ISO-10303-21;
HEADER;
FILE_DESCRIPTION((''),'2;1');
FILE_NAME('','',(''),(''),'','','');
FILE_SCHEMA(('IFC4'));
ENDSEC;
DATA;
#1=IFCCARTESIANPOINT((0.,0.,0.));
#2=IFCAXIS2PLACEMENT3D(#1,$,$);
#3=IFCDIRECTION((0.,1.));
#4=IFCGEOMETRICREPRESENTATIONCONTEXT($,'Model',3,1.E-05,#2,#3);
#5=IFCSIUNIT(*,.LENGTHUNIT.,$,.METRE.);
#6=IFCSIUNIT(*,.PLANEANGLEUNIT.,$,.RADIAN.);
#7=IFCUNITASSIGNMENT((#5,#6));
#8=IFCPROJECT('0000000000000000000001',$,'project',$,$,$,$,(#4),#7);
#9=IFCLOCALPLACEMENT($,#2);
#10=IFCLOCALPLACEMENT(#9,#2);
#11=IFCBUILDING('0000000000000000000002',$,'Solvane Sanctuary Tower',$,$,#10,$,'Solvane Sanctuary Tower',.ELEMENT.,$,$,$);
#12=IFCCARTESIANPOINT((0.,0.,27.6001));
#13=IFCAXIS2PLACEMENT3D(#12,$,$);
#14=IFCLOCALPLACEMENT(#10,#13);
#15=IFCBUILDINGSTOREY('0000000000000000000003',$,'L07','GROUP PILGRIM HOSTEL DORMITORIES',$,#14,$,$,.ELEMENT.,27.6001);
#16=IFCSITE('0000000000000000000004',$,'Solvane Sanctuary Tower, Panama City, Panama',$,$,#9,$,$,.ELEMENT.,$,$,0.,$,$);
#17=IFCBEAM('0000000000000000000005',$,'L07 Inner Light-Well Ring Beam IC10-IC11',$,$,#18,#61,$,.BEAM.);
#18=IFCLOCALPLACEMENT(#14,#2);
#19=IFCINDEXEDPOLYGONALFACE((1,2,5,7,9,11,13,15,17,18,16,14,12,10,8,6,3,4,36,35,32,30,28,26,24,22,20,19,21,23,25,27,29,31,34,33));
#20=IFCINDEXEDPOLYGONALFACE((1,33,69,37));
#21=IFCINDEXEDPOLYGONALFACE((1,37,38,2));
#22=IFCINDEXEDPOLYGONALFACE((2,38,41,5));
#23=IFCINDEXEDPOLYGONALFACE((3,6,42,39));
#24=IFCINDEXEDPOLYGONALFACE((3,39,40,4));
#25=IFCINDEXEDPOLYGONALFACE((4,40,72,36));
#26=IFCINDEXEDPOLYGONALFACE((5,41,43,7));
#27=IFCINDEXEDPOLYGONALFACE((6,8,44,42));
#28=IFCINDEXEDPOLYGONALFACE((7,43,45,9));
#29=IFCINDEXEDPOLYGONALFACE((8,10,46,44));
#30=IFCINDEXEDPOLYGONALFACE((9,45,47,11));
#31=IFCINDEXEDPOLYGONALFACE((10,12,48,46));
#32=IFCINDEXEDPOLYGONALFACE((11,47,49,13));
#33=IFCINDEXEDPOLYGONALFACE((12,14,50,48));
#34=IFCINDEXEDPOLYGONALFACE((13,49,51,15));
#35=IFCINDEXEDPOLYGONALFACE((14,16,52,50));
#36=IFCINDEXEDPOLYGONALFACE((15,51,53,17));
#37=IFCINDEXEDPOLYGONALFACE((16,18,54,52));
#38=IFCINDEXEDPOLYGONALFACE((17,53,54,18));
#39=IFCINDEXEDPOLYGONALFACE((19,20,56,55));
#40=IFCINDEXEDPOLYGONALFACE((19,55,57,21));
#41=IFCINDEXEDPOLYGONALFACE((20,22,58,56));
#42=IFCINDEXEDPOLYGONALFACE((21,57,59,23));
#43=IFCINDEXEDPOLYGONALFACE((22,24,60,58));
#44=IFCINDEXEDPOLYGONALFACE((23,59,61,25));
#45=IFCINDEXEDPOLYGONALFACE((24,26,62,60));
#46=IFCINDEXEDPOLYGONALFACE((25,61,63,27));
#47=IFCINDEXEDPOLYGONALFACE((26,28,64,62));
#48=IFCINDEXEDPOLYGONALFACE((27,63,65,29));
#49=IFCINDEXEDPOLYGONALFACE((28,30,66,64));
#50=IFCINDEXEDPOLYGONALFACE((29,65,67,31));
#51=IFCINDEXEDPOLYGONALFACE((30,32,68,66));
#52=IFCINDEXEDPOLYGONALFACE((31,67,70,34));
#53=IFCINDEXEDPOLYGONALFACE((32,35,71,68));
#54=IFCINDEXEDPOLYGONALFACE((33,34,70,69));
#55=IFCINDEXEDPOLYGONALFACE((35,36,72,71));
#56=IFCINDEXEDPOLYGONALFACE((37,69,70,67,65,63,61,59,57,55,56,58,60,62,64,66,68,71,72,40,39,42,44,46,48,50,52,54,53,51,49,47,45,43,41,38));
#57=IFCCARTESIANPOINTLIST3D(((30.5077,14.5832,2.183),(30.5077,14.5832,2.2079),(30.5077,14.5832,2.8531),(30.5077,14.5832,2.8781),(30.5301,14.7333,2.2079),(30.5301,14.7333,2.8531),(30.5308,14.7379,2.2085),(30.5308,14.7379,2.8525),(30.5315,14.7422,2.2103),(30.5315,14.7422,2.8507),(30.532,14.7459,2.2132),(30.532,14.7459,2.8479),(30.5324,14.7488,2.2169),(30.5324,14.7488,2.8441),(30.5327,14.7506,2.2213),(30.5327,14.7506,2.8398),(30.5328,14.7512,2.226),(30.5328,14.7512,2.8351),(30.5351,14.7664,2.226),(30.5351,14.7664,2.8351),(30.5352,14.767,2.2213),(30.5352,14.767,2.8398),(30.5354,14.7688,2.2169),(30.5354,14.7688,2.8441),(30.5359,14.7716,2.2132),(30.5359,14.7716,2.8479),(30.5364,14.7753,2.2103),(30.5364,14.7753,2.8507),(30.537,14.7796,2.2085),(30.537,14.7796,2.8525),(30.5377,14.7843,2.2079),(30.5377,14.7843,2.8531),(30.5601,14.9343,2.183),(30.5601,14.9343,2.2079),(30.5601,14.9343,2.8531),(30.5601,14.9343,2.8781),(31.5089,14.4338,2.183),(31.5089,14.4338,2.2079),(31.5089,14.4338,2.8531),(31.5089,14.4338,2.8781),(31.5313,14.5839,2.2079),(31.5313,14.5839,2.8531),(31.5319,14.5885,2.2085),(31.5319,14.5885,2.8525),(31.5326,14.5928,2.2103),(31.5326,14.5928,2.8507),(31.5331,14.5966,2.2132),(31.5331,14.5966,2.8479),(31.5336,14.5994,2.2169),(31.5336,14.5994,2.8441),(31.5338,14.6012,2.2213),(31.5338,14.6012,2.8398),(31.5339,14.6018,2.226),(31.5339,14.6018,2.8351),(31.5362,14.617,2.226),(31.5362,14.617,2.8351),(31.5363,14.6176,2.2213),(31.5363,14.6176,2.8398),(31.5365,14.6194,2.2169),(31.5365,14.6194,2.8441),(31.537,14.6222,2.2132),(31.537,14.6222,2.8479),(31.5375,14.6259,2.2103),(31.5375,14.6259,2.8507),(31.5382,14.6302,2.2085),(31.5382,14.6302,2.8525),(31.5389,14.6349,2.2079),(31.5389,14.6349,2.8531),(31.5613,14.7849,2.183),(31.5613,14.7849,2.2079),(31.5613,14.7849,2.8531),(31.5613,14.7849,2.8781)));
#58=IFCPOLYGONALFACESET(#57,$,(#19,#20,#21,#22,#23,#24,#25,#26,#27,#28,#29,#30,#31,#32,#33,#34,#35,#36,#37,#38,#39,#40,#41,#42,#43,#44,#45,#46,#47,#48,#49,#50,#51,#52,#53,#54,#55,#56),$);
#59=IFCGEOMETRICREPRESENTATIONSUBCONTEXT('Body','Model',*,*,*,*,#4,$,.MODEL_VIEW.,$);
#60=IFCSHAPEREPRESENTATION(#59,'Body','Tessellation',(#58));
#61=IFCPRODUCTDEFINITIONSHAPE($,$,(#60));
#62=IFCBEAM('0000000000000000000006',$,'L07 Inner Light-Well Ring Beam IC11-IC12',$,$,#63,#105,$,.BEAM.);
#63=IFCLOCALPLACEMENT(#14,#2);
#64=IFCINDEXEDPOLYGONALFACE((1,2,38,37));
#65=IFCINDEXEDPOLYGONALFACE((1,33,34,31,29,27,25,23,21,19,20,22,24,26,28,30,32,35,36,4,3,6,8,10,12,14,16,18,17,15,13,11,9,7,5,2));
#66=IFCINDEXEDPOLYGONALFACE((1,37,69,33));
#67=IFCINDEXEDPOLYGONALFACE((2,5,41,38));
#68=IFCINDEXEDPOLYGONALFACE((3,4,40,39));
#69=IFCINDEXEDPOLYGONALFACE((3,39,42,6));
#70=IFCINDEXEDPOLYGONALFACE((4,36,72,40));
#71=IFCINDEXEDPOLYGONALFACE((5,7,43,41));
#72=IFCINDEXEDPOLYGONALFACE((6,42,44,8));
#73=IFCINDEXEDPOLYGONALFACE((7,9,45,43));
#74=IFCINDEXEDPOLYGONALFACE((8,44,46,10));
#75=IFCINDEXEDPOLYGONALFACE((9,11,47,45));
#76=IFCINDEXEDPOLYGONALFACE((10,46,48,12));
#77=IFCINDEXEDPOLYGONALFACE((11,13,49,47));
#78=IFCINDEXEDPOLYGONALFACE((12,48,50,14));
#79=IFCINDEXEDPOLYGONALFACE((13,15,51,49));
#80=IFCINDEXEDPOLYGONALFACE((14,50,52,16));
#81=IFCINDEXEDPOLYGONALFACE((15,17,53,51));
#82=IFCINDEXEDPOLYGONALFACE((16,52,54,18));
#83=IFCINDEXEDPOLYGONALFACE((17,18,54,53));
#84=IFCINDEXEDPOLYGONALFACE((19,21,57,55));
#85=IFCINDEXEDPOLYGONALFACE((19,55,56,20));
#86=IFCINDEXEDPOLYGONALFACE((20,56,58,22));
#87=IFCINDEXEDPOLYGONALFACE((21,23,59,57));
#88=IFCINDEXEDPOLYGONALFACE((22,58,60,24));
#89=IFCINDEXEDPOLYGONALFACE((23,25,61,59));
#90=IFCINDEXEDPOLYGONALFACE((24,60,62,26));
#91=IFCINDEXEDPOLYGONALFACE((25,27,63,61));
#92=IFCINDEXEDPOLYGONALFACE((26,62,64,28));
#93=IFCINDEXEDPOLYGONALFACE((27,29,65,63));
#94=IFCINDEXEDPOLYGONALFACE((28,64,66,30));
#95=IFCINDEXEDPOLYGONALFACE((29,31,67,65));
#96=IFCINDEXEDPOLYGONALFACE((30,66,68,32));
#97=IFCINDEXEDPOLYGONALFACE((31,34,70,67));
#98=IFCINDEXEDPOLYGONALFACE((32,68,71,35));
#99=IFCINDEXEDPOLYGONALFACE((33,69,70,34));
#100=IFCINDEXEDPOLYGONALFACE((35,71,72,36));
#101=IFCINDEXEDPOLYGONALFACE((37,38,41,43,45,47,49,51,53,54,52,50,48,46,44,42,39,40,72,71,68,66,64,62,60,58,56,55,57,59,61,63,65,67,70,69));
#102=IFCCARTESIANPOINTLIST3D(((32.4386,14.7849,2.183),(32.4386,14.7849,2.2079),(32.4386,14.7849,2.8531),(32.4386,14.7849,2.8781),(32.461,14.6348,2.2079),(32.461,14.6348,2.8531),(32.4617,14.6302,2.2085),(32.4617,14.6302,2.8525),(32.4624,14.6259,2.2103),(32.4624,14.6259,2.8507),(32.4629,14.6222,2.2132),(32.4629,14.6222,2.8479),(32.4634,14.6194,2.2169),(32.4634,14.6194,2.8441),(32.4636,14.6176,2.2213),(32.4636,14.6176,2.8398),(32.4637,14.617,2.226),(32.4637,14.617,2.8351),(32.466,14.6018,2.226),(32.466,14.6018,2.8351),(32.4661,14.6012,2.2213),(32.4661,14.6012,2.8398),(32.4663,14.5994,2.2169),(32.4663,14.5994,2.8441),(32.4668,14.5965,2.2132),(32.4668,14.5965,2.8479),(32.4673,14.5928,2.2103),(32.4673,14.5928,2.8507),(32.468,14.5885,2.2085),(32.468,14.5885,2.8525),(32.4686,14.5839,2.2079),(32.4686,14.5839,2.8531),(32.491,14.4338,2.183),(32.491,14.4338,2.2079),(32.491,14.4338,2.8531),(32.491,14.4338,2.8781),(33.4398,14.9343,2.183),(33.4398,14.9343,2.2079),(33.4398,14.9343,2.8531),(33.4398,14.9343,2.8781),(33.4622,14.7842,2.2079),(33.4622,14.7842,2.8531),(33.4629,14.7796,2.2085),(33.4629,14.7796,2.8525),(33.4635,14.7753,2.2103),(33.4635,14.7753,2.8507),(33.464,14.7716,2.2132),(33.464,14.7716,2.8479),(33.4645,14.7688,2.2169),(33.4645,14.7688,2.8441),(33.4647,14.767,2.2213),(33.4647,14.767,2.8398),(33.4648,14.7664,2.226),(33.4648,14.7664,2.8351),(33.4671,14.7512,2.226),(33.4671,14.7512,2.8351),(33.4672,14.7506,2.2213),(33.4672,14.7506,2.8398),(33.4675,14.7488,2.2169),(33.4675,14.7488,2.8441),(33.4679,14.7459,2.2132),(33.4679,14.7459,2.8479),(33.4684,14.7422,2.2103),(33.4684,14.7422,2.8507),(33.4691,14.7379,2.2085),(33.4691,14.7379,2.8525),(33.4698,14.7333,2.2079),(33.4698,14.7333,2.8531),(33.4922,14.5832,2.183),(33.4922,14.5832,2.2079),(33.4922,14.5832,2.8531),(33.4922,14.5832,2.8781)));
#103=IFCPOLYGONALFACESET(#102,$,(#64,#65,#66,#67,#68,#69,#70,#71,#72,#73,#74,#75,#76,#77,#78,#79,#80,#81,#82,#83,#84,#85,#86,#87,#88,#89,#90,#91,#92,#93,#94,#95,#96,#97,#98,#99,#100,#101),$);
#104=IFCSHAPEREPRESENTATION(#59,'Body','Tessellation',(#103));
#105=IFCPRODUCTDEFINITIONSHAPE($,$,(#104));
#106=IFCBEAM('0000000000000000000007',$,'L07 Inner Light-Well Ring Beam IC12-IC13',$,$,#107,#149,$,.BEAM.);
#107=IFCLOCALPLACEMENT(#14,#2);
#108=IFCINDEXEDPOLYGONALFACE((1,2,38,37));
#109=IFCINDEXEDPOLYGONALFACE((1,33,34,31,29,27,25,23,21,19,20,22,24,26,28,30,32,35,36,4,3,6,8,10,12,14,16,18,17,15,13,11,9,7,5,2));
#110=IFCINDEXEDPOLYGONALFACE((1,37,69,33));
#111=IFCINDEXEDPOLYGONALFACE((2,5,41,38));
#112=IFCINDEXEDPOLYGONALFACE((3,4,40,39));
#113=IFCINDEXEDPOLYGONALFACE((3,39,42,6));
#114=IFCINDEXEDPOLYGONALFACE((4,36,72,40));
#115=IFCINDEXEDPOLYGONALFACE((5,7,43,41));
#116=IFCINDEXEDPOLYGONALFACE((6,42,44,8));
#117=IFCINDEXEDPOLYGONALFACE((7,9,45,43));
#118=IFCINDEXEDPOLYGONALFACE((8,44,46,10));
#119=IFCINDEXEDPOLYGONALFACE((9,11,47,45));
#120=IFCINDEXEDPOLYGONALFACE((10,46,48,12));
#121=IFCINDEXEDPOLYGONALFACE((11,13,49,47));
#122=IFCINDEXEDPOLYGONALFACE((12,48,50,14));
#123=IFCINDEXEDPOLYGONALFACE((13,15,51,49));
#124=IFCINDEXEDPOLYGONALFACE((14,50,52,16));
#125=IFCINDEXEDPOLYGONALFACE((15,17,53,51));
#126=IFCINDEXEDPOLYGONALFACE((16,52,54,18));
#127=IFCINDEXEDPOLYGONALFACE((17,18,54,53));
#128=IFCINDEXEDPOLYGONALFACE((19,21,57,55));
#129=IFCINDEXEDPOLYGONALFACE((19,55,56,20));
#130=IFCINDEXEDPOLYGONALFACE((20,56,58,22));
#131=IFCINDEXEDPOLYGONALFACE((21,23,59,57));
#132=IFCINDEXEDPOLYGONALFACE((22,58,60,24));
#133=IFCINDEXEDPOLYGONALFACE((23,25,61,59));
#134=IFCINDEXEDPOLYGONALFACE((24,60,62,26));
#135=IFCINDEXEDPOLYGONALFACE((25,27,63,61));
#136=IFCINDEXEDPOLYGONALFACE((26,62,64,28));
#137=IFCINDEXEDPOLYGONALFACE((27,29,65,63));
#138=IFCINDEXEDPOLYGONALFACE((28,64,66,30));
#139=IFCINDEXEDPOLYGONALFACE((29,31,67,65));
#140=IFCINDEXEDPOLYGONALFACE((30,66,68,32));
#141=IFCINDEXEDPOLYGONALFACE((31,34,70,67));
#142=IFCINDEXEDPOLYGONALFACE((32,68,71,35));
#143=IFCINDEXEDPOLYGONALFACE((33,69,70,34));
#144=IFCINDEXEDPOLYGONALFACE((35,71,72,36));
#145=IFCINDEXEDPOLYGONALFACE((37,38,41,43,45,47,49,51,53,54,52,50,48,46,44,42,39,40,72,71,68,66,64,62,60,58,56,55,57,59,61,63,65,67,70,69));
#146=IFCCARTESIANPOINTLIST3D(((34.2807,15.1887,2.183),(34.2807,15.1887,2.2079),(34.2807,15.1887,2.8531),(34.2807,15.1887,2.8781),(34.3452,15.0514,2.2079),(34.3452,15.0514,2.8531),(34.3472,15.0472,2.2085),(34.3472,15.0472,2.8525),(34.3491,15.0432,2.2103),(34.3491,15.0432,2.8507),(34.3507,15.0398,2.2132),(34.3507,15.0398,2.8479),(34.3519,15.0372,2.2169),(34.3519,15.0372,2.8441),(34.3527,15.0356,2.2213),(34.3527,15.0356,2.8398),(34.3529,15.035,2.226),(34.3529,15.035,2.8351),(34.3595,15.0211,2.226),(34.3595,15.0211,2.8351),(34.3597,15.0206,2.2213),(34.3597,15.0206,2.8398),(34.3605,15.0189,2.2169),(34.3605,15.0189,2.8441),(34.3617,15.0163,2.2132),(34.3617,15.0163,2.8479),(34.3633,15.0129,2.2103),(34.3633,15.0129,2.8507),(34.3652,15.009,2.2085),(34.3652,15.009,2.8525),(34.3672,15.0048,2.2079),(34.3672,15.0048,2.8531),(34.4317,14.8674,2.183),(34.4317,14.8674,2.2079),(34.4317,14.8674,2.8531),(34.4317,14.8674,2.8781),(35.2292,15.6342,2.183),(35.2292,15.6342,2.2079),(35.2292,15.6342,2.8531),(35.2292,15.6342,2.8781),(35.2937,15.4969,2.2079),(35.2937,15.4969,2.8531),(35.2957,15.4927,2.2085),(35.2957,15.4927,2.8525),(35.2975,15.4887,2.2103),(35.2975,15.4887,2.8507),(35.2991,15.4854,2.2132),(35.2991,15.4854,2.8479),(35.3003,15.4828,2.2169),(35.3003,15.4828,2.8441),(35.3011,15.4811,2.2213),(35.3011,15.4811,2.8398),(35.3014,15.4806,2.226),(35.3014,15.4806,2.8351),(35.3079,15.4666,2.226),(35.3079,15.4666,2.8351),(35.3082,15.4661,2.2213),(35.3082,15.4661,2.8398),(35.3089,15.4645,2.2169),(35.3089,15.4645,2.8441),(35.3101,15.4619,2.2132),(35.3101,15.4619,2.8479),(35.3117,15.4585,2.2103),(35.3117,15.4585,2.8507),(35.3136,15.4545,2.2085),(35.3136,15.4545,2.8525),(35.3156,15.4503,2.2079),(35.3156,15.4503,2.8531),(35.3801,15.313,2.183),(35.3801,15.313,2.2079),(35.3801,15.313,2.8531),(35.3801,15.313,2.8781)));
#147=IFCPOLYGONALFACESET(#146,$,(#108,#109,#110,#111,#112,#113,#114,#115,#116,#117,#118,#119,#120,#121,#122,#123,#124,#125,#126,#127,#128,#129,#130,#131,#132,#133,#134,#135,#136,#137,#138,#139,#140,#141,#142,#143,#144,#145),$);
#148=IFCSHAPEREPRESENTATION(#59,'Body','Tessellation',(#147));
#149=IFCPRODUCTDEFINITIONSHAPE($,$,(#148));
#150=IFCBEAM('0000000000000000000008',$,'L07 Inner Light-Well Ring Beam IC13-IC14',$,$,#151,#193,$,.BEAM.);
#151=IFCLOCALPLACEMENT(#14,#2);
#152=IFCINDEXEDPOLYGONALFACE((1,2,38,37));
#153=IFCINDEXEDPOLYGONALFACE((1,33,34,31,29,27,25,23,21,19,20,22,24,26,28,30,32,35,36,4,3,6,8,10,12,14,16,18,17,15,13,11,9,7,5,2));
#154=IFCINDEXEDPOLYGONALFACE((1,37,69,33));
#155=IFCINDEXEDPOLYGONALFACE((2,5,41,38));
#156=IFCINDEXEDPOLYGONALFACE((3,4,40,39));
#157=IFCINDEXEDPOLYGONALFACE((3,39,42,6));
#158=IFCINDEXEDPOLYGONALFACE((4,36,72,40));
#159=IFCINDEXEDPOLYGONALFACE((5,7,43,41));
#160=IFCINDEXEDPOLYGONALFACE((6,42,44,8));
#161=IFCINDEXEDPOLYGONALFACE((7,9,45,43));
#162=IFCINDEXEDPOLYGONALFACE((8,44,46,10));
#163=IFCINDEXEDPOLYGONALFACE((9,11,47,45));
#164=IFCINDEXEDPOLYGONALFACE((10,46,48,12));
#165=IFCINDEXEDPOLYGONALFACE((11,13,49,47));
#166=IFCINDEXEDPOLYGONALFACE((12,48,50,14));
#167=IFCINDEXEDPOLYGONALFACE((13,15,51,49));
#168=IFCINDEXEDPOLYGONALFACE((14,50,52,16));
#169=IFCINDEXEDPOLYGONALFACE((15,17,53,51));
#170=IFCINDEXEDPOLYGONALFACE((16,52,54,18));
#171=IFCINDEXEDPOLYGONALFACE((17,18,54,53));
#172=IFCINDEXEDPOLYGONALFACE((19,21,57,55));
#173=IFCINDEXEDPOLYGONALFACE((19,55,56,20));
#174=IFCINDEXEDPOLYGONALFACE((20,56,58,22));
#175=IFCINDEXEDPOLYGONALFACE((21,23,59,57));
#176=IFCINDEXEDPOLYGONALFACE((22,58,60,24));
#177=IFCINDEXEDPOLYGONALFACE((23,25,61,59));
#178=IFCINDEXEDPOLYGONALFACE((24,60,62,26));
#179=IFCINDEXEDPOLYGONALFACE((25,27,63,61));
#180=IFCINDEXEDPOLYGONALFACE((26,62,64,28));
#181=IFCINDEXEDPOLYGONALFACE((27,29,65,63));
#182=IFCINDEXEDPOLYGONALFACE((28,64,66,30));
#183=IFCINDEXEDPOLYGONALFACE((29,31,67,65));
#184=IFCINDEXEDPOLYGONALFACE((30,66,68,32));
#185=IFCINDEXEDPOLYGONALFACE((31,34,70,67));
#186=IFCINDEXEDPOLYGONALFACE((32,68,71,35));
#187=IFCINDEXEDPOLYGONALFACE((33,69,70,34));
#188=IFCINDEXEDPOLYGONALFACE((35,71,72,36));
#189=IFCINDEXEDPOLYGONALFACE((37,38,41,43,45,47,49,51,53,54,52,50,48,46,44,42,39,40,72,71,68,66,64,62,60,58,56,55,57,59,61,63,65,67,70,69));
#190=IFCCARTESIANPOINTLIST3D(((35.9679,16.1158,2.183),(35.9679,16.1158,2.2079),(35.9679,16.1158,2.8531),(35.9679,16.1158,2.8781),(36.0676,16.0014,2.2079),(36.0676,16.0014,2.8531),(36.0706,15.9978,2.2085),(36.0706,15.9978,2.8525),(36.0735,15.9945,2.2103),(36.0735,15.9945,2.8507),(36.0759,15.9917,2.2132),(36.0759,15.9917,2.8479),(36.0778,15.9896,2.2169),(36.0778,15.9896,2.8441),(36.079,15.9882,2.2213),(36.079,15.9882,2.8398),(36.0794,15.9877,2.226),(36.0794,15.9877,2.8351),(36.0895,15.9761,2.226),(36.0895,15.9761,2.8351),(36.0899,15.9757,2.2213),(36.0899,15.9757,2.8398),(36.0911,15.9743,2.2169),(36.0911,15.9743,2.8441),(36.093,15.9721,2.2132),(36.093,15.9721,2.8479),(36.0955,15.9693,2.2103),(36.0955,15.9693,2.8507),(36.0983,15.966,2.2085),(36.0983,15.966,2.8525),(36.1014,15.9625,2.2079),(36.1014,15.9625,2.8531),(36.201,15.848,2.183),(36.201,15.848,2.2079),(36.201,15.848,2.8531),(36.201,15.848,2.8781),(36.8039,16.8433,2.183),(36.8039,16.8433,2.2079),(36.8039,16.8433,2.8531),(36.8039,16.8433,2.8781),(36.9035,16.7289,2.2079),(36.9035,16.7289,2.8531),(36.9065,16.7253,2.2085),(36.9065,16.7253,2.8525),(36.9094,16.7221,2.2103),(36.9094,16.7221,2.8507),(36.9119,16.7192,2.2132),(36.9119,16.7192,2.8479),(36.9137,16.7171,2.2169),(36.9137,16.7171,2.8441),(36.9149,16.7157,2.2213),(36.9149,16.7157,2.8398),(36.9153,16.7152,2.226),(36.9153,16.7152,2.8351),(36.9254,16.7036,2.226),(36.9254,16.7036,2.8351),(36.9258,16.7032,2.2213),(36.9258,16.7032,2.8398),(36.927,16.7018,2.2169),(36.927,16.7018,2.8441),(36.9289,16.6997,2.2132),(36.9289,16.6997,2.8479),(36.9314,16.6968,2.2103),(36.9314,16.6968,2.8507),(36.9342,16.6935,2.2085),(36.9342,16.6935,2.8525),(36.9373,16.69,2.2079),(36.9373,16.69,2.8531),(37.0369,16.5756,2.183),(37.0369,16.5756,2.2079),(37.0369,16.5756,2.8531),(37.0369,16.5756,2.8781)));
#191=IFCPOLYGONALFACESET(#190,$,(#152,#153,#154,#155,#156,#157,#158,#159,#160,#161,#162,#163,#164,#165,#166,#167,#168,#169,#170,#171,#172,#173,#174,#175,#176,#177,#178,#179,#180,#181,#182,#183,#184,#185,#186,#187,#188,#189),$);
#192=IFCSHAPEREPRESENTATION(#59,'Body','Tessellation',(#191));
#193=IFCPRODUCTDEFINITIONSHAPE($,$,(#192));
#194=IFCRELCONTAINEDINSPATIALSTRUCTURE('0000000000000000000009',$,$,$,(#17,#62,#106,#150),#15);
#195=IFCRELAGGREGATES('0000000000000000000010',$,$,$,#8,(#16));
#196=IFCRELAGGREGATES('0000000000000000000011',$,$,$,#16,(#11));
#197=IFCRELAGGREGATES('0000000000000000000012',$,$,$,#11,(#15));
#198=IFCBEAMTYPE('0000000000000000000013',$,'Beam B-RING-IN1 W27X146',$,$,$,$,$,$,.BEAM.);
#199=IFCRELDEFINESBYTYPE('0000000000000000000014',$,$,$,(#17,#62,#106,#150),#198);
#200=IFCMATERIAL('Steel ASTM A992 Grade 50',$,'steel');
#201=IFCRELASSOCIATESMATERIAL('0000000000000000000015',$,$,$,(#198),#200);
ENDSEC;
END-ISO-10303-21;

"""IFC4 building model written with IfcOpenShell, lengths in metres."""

from ifc_helpers import new_model, si_unit, direction, frame, origin, origin_2d, place, context, subcontext, project, spatial, i_section, extrude, material, material_profile, profile_set, type_object, element, save


model = new_model("IFC4")

# Units and contexts
model_context = context("Model", 3, precision=1e-05, world=origin(), true_north=direction((0.0, 1.0)))
body_context = subcontext(model_context, "Body", "Model", "MODEL_VIEW")
ifc_project = project(units=[si_unit("LENGTHUNIT", "METRE"), si_unit("PLANEANGLEUNIT", "RADIAN")], contexts=[model_context])

# Site, building, storey
site_placement = place(None, origin())
site = spatial("IfcSite", under=ifc_project, at=site_placement, Name="Solvane Sanctuary Tower, Panama City, Panama", CompositionType="ELEMENT", RefElevation=0.0)
building_placement = place(site_placement, origin())
building = spatial("IfcBuilding", under=site, at=building_placement, Name="Solvane Sanctuary Tower", LongName="Solvane Sanctuary Tower", CompositionType="ELEMENT")
storey_placement = place(building_placement, frame((0.0, 0.0, 27.6001)))
storey = spatial("IfcBuildingStorey", under=building, at=storey_placement, Name="L07", Description="GROUP PILGRIM HOSTEL DORMITORIES", CompositionType="ELEMENT", Elevation=27.6001)

# Beams
ifc_material_1 = material(Name="Steel ASTM A992 Grade 50", Category="steel")
ifc_material_profile_1 = material_profile(ifc_material_1, i_section(OverallWidth=0.355, OverallDepth=0.6951, WebThickness=0.0154, FlangeThickness=0.0249, FilletRadius=0.0181, at=origin_2d()), Name="W27X146")
ifc_profile_set_1 = profile_set([ifc_material_profile_1], Name="Steel ASTM A992 Grade 50")
beam_type_1 = type_object("IfcBeamType", Name="Beam B-RING-IN1 W27X146", PredefinedType="BEAM", material=ifc_profile_set_1)
for number, where, z_axis, x_axis, name in (
    (1, (30.5339, 14.7588, 2.5305), (0.989048, -0.147597, 0.0), (0.147597, 0.989048, 0.0), "L07 Inner Light-Well Ring Beam IC10-IC11"),
    (2, (32.4648, 14.6094, 2.5305), (0.989048, 0.147597, 0.0), (-0.147597, 0.989048, 0.0), "L07 Inner Light-Well Ring Beam IC11-IC12"),
):
    element("IfcBeam", number, at=place(storey_placement, frame(where, z_axis=z_axis, x_axis=x_axis)), inside=storey, type_object=beam_type_1, Name=name, PredefinedType="BEAM", context=body_context, shape_type="SweptSolid", body=[
        extrude(i_section(OverallWidth=0.355, OverallDepth=0.6951, WebThickness=0.0154, FlangeThickness=0.0249, FilletRadius=0.0181, at=origin_2d()), origin(), (0.0, 0.0, 1.0), 1.0122),
    ])
beam_1_placement = place(storey_placement, frame((34.3562, 15.0281, 2.5305), z_axis=(0.905109, 0.42518, 0.0), x_axis=(-0.42518, 0.905109, 0.0)))
element("IfcBeam", 3, at=beam_1_placement, inside=storey, type_object=beam_type_1, Name="L07 Inner Light-Well Ring Beam IC12-IC13", PredefinedType="BEAM", context=body_context, shape_type="SweptSolid", body=[
    extrude(i_section(OverallWidth=0.355, OverallDepth=0.6951, WebThickness=0.0154, FlangeThickness=0.0249, FilletRadius=0.0181, at=origin_2d()), origin(), (0.0, 0.0, 1.0), 1.0479),
])
beam_2_placement = place(storey_placement, frame((36.0845, 15.9819, 2.5305), z_axis=(0.754321, 0.656506, 0.0), x_axis=(-0.656506, 0.754321, 0.0)))
element("IfcBeam", 4, at=beam_2_placement, inside=storey, type_object=beam_type_1, Name="L07 Inner Light-Well Ring Beam IC13-IC14", PredefinedType="BEAM", context=body_context, shape_type="SweptSolid", body=[
    extrude(i_section(OverallWidth=0.355, OverallDepth=0.6951, WebThickness=0.0154, FlangeThickness=0.0249, FilletRadius=0.0181, at=origin_2d()), origin(), (0.0, 0.0, 1.0), 1.1082),
])

save(model, "model.ifc")
